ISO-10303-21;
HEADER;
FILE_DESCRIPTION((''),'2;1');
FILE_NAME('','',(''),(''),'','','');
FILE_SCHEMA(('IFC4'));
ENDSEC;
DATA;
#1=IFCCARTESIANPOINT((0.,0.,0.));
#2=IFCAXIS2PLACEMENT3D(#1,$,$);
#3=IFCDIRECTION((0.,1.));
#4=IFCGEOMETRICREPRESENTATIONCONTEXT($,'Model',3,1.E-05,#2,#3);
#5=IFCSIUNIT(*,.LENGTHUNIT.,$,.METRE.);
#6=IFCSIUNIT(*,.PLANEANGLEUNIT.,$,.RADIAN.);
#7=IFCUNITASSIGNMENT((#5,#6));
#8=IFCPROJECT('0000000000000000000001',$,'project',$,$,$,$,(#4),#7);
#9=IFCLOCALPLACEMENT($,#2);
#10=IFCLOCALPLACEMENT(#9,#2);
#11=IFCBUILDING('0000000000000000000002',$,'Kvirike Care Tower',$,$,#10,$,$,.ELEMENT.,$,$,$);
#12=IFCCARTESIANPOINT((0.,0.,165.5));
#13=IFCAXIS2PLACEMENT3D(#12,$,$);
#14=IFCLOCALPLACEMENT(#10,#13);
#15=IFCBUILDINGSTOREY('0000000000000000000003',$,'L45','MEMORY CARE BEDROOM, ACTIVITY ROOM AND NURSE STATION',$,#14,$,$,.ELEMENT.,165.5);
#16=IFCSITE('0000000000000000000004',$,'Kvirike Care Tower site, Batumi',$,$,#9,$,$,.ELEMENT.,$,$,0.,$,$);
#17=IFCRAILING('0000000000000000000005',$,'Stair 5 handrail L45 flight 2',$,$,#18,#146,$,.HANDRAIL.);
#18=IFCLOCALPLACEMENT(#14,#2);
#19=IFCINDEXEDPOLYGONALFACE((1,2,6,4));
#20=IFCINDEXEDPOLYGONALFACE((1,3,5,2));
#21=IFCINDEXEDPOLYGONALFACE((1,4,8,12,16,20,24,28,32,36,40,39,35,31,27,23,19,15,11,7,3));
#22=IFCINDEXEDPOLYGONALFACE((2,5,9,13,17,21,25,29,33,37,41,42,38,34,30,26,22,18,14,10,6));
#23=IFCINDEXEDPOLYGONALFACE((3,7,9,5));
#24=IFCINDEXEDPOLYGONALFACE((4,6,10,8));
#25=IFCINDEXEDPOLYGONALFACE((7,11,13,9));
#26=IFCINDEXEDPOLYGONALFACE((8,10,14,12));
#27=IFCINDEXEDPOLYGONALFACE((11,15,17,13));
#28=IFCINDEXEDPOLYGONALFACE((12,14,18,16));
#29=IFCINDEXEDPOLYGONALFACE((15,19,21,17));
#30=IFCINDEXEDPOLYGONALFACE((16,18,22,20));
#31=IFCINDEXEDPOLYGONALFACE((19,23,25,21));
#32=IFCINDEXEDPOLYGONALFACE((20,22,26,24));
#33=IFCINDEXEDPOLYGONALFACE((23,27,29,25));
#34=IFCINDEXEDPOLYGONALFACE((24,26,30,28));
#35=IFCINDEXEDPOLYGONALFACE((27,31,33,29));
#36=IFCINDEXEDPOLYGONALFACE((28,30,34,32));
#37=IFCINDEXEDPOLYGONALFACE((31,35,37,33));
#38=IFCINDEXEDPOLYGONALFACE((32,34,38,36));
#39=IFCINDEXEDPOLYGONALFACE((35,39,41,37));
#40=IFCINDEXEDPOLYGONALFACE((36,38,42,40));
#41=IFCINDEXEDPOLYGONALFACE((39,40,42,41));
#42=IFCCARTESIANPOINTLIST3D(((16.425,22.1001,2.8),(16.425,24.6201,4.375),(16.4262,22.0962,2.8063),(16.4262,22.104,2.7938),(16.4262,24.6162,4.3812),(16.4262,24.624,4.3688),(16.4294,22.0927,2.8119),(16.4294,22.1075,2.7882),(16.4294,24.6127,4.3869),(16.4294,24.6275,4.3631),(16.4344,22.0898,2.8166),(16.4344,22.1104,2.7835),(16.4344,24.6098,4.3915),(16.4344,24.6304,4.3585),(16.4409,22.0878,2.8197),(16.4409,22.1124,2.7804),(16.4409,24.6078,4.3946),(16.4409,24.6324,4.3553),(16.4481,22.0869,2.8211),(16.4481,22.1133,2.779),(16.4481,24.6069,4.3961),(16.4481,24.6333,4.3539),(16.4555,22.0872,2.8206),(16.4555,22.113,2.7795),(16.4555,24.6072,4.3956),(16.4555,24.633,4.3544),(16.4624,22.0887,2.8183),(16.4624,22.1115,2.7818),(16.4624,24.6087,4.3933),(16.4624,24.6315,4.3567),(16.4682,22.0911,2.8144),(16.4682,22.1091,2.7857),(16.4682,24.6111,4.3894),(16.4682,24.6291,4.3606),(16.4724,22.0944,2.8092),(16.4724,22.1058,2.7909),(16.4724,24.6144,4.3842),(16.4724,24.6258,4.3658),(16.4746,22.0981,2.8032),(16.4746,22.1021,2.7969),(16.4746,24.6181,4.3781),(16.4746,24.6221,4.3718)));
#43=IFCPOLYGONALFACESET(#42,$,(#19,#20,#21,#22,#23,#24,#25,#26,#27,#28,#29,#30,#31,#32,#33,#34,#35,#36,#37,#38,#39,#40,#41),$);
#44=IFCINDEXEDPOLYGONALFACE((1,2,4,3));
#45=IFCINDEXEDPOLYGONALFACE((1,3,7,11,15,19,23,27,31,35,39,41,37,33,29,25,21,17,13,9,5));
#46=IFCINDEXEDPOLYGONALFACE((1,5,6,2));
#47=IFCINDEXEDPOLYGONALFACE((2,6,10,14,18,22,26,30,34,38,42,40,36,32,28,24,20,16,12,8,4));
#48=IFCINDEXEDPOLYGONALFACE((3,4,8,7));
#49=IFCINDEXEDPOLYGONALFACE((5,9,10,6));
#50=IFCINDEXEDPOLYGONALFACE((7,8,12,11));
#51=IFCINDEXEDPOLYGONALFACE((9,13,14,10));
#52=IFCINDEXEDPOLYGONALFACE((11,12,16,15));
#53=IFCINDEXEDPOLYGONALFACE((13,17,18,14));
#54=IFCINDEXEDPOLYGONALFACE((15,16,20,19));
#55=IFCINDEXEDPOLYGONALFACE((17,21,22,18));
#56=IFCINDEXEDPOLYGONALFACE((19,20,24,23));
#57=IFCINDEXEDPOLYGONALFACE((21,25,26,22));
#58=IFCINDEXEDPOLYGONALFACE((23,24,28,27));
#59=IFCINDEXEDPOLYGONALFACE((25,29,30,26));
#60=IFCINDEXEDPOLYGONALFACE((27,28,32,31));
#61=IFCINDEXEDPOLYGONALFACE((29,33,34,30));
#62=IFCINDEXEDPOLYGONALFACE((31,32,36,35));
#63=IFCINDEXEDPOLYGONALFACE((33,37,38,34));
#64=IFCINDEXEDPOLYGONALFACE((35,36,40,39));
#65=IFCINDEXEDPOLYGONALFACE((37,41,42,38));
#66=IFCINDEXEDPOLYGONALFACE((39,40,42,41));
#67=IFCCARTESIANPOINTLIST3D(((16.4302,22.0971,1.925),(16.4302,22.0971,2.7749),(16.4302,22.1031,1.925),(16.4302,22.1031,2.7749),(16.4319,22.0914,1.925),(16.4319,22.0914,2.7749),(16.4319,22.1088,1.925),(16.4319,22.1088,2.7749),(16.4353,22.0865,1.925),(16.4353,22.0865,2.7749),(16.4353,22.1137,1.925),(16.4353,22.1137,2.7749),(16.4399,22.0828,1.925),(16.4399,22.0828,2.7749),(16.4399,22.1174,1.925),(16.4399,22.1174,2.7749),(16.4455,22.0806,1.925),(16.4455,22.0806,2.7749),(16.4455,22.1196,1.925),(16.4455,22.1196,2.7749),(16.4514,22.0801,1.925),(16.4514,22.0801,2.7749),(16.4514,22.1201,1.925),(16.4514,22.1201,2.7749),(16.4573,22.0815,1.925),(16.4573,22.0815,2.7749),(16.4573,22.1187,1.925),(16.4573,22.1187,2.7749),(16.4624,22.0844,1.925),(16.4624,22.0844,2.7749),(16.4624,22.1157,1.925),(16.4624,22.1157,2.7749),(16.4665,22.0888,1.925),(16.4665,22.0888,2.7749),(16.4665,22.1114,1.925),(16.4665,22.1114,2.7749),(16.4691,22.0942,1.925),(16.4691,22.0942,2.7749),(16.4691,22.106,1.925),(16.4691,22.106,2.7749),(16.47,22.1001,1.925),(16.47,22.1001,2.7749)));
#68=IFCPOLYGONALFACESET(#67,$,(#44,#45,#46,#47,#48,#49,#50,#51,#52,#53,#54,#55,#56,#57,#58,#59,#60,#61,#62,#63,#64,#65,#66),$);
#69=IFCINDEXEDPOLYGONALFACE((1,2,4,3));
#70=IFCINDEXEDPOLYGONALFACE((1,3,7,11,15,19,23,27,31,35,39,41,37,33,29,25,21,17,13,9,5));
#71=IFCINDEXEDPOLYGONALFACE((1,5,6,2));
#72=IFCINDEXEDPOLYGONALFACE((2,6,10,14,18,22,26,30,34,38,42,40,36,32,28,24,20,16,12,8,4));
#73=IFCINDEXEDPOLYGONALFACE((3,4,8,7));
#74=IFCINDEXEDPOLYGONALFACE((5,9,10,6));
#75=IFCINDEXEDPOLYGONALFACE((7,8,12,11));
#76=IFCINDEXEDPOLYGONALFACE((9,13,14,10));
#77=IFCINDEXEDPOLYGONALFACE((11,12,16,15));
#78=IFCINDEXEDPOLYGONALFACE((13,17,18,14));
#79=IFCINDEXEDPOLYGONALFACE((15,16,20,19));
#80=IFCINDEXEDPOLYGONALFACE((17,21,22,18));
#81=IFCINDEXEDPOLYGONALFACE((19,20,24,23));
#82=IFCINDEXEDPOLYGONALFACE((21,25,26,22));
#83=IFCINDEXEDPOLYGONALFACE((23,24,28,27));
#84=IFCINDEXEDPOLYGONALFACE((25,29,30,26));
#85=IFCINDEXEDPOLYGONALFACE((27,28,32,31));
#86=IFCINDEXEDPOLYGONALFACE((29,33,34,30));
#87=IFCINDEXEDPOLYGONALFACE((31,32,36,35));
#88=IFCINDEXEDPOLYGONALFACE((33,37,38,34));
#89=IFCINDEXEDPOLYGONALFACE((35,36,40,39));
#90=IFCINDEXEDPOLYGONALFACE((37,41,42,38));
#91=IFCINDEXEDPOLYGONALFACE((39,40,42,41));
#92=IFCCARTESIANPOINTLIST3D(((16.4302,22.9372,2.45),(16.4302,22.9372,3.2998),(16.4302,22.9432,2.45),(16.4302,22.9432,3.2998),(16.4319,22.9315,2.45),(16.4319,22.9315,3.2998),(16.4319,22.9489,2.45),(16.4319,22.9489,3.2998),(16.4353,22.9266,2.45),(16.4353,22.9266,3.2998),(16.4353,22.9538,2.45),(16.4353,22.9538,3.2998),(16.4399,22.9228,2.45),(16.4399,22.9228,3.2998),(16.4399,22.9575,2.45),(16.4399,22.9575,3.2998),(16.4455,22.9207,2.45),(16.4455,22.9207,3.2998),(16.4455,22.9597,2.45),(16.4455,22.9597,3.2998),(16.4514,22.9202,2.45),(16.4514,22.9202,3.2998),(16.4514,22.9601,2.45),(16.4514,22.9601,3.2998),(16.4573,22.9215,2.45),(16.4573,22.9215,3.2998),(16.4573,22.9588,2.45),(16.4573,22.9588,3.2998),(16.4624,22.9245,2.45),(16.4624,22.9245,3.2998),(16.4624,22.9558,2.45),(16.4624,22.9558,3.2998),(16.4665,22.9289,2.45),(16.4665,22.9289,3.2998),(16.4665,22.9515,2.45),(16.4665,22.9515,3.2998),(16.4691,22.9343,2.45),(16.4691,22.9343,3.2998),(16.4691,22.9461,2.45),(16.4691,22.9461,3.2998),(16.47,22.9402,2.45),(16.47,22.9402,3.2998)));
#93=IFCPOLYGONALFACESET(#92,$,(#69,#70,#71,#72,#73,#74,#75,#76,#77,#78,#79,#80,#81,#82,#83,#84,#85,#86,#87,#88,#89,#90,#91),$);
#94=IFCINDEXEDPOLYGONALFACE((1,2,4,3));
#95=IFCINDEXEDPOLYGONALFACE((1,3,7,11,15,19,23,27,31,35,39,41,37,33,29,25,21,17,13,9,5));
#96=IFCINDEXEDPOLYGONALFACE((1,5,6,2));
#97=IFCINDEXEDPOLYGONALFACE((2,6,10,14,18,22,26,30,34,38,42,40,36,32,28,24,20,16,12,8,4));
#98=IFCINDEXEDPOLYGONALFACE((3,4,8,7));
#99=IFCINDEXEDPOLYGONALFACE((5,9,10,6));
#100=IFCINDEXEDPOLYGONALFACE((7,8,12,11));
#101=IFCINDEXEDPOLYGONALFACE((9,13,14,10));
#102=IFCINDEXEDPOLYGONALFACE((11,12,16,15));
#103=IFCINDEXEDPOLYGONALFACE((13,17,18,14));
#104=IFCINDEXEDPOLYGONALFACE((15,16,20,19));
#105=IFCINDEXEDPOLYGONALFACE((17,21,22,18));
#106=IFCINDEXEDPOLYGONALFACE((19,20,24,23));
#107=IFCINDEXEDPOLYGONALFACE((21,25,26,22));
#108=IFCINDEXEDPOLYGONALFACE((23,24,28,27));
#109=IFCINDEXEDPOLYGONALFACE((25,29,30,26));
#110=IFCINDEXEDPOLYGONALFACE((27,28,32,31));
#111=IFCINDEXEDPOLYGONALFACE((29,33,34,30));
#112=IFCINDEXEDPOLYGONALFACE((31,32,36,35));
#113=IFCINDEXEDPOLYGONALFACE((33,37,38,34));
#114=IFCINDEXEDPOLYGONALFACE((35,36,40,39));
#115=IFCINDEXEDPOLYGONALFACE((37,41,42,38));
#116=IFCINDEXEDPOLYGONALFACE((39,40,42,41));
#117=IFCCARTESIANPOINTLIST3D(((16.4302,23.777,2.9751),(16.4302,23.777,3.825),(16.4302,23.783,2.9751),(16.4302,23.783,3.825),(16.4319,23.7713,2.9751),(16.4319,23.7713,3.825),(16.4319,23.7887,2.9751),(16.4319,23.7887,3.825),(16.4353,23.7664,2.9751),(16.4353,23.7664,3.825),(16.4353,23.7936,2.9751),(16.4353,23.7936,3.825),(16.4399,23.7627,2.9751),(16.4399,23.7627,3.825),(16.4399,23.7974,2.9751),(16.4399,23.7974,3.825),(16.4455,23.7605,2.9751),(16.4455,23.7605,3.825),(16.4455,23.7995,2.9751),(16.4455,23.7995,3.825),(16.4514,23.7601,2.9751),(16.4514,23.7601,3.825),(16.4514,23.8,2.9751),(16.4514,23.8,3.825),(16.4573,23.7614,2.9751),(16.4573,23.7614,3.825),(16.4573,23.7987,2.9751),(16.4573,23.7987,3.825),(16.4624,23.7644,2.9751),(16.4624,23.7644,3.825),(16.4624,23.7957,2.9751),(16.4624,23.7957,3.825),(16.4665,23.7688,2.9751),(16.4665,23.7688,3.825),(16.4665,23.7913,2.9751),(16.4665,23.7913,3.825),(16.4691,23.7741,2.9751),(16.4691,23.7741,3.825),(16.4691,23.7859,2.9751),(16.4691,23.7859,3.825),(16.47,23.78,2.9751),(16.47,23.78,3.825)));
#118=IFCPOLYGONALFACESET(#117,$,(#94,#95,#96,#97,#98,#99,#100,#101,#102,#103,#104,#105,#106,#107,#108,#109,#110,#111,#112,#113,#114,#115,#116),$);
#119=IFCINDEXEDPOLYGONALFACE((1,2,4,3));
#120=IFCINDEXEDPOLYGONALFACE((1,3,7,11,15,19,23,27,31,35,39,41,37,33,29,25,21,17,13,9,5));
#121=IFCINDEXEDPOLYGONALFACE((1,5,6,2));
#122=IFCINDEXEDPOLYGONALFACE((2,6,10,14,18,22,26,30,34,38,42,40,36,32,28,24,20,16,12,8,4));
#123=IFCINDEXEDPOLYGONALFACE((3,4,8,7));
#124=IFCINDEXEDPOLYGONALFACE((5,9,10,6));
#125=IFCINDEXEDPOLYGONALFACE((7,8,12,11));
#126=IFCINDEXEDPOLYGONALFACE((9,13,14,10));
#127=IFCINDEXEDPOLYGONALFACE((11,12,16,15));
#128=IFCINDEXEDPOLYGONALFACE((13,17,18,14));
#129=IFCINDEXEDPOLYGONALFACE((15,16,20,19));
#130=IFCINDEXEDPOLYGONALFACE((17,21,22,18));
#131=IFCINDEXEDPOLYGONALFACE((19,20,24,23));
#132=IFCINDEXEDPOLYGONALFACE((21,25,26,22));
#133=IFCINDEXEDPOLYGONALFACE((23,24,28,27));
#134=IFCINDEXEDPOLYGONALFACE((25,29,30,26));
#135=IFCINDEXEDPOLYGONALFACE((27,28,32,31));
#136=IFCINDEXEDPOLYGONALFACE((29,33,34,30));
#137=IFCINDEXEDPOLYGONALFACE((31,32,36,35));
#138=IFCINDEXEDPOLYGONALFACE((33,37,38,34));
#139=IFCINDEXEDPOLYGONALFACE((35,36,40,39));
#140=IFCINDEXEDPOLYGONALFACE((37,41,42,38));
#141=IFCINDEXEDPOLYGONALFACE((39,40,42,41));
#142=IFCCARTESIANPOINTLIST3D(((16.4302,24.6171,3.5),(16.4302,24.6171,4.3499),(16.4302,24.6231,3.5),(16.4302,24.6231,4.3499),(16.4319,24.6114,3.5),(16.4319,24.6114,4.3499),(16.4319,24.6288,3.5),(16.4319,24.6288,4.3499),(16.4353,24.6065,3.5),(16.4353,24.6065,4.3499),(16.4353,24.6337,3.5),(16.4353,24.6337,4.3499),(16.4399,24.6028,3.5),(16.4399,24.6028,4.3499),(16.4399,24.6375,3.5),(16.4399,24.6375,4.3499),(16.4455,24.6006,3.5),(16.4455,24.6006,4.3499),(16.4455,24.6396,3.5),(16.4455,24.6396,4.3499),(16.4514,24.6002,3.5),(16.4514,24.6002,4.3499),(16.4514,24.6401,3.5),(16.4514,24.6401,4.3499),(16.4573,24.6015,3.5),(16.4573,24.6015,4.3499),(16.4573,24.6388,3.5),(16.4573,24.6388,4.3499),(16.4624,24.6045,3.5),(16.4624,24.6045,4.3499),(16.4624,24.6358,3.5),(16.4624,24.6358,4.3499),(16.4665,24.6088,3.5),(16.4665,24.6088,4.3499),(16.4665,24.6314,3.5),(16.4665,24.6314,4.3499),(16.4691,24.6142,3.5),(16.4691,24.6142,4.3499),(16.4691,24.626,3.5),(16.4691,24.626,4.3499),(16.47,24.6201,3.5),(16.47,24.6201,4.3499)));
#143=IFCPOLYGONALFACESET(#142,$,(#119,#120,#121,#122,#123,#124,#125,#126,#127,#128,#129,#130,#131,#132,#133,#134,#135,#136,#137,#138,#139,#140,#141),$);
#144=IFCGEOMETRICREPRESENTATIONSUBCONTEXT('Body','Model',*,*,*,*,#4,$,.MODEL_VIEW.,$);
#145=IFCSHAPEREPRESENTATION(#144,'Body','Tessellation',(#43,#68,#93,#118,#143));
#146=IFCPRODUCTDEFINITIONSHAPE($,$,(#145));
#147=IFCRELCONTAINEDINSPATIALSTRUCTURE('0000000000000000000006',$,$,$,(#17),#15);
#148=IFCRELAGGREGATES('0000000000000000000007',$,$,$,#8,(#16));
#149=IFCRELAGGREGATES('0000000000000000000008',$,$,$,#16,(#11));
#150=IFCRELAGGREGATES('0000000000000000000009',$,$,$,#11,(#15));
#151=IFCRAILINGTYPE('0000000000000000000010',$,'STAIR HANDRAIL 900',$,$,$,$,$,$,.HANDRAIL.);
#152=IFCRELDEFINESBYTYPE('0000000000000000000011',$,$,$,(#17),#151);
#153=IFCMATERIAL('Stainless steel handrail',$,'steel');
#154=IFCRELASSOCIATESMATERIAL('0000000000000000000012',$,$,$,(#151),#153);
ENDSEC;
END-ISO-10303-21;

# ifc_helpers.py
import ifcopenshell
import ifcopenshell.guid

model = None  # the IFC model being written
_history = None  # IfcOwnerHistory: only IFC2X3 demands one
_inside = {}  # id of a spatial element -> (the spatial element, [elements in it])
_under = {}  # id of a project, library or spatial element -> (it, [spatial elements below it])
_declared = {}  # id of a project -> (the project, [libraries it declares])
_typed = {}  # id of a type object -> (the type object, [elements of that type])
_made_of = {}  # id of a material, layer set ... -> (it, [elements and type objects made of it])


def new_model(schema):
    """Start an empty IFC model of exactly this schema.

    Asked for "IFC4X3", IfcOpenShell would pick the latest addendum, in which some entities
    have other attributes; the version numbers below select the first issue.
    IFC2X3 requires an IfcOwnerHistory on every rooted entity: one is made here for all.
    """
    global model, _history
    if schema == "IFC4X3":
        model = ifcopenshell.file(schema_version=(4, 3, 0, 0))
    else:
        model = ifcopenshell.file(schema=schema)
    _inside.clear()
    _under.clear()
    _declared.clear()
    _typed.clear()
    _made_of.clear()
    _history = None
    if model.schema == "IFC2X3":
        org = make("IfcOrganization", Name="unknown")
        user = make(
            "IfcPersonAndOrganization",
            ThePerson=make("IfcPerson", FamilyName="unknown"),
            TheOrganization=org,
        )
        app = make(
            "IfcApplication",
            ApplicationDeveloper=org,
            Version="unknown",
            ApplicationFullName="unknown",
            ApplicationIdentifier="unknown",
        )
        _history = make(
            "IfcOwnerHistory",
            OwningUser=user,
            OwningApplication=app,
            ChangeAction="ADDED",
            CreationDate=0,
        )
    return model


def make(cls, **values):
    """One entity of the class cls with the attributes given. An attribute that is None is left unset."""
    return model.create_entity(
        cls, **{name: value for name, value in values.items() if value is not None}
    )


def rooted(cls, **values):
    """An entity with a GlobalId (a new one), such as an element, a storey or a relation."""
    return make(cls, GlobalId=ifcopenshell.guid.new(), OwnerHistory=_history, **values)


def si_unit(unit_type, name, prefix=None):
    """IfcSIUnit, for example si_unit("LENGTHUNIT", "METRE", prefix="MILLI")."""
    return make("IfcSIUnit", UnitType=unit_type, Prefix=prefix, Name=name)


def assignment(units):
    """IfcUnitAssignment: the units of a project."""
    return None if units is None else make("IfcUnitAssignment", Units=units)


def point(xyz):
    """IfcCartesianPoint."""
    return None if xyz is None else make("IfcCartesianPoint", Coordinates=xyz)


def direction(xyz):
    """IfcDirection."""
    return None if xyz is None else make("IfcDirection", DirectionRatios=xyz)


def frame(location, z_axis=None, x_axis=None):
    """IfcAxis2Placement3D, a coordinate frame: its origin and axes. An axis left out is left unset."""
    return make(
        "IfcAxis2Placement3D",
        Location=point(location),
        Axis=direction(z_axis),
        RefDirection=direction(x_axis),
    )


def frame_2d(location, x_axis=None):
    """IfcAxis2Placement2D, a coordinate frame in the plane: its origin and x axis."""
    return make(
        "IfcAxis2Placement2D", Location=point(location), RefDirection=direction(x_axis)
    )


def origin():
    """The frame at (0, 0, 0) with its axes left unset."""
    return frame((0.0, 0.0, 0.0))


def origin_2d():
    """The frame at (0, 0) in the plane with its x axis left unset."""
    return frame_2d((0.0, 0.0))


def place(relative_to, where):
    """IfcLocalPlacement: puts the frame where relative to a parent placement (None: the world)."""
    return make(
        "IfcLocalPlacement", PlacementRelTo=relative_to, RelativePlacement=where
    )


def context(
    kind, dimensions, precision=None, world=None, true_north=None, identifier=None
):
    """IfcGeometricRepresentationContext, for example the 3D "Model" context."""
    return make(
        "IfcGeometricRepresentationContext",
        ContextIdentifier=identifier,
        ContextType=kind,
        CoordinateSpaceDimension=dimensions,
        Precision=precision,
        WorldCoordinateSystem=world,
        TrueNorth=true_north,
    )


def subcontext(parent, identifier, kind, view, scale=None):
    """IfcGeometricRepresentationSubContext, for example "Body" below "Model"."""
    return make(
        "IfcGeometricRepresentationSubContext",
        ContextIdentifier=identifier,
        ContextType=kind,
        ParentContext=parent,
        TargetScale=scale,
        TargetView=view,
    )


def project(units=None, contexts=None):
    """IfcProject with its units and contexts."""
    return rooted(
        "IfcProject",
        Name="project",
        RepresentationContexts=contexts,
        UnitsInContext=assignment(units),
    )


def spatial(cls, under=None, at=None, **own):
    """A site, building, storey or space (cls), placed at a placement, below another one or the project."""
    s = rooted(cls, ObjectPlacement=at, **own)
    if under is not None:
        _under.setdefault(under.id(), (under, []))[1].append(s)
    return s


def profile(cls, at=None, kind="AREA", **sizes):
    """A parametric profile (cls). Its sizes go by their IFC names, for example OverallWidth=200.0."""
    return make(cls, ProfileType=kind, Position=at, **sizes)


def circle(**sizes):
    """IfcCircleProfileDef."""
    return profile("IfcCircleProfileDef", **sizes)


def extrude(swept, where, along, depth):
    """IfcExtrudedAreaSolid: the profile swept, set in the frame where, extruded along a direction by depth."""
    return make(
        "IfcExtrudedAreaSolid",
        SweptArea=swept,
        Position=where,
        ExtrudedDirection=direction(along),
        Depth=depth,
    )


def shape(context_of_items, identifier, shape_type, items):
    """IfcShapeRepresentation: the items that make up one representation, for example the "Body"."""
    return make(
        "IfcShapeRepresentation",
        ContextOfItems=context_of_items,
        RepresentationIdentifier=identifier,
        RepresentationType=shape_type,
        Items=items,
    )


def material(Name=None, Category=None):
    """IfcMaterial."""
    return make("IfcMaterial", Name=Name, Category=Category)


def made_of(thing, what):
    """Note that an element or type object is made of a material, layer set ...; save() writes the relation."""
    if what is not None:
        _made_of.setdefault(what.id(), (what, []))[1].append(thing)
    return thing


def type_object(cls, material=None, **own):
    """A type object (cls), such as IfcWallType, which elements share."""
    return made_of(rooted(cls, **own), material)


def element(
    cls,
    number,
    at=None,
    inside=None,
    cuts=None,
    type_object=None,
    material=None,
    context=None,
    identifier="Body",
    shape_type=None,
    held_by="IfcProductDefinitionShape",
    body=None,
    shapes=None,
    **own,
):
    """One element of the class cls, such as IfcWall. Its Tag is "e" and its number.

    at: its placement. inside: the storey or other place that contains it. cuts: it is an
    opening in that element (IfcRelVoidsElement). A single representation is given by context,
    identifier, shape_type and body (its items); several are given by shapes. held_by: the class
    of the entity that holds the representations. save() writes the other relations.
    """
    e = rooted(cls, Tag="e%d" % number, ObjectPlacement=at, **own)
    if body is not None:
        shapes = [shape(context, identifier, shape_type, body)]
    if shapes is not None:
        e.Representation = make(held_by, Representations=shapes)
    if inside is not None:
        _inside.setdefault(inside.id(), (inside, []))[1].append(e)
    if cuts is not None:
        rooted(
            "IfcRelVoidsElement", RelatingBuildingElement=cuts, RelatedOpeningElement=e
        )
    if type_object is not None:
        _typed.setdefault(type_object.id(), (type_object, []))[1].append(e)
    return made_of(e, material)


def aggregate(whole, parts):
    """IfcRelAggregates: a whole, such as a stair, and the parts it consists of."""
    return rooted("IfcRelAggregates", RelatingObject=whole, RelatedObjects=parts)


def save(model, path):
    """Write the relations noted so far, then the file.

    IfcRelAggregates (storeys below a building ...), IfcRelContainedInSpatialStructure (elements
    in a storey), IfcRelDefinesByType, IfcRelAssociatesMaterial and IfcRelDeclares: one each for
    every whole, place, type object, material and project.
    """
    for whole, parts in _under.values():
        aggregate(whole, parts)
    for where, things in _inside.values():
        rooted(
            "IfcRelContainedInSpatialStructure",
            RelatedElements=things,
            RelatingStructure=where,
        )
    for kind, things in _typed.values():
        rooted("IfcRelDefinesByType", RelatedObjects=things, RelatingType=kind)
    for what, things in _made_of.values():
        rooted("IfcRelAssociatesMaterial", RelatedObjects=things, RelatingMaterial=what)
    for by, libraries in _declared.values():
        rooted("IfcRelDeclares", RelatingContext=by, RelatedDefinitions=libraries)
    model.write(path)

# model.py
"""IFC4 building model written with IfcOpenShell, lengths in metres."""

from ifc_helpers import new_model, si_unit, direction, frame, origin, origin_2d, place, context, subcontext, project, spatial, circle, extrude, material, type_object, element, save


model = new_model("IFC4")

# Units and contexts
model_context = context("Model", 3, precision=1e-05, world=origin(), true_north=direction((0.0, 1.0)))
body_context = subcontext(model_context, "Body", "Model", "MODEL_VIEW")
ifc_project = project(units=[si_unit("LENGTHUNIT", "METRE"), si_unit("PLANEANGLEUNIT", "RADIAN")], contexts=[model_context])

# Site, building, storey
site_placement = place(None, origin())
site = spatial("IfcSite", under=ifc_project, at=site_placement, Name="Kvirike Care Tower site, Batumi", CompositionType="ELEMENT", RefElevation=0.0)
building_placement = place(site_placement, origin())
building = spatial("IfcBuilding", under=site, at=building_placement, Name="Kvirike Care Tower", CompositionType="ELEMENT")
storey_placement = place(building_placement, frame((0.0, 0.0, 165.5)))
storey = spatial("IfcBuildingStorey", under=building, at=storey_placement, Name="L45", Description="MEMORY CARE BEDROOM, ACTIVITY ROOM AND NURSE STATION", CompositionType="ELEMENT", Elevation=165.5)

# Railing
ifc_material_1 = material(Name="Stainless steel handrail", Category="steel")
railing_type = type_object("IfcRailingType", Name="STAIR HANDRAIL 900", PredefinedType="HANDRAIL", material=ifc_material_1)
railing_placement = place(storey_placement, frame((16.45, 22.1001, 1.925)))
element("IfcRailing", 1, at=railing_placement, inside=storey, type_object=railing_type, Name="Stair 5 handrail L45 flight 2", PredefinedType="HANDRAIL", context=body_context, shape_type="SweptSolid", body=[
    extrude(circle(Radius=0.0249, at=origin_2d()), frame((0.0, 0.0, 0.875), z_axis=(0.0, 0.848008, 0.529984), x_axis=(-1.0, 0.0, 0.0)), (0.0, 0.0, 1.0), 2.9717),
    extrude(circle(Radius=0.02, at=origin_2d()), origin(), (0.0, 0.0, 1.0), 0.8499),
    extrude(circle(Radius=0.02, at=origin_2d()), frame((0.0, 0.8401, 0.5249)), (0.0, 0.0, 1.0), 0.8499),
    extrude(circle(Radius=0.02, at=origin_2d()), frame((0.0, 1.6799, 1.05)), (0.0, 0.0, 1.0), 0.8499),
    extrude(circle(Radius=0.02, at=origin_2d()), frame((0.0, 2.52, 1.575)), (0.0, 0.0, 1.0), 0.8499),
])

save(model, "model.ifc")
